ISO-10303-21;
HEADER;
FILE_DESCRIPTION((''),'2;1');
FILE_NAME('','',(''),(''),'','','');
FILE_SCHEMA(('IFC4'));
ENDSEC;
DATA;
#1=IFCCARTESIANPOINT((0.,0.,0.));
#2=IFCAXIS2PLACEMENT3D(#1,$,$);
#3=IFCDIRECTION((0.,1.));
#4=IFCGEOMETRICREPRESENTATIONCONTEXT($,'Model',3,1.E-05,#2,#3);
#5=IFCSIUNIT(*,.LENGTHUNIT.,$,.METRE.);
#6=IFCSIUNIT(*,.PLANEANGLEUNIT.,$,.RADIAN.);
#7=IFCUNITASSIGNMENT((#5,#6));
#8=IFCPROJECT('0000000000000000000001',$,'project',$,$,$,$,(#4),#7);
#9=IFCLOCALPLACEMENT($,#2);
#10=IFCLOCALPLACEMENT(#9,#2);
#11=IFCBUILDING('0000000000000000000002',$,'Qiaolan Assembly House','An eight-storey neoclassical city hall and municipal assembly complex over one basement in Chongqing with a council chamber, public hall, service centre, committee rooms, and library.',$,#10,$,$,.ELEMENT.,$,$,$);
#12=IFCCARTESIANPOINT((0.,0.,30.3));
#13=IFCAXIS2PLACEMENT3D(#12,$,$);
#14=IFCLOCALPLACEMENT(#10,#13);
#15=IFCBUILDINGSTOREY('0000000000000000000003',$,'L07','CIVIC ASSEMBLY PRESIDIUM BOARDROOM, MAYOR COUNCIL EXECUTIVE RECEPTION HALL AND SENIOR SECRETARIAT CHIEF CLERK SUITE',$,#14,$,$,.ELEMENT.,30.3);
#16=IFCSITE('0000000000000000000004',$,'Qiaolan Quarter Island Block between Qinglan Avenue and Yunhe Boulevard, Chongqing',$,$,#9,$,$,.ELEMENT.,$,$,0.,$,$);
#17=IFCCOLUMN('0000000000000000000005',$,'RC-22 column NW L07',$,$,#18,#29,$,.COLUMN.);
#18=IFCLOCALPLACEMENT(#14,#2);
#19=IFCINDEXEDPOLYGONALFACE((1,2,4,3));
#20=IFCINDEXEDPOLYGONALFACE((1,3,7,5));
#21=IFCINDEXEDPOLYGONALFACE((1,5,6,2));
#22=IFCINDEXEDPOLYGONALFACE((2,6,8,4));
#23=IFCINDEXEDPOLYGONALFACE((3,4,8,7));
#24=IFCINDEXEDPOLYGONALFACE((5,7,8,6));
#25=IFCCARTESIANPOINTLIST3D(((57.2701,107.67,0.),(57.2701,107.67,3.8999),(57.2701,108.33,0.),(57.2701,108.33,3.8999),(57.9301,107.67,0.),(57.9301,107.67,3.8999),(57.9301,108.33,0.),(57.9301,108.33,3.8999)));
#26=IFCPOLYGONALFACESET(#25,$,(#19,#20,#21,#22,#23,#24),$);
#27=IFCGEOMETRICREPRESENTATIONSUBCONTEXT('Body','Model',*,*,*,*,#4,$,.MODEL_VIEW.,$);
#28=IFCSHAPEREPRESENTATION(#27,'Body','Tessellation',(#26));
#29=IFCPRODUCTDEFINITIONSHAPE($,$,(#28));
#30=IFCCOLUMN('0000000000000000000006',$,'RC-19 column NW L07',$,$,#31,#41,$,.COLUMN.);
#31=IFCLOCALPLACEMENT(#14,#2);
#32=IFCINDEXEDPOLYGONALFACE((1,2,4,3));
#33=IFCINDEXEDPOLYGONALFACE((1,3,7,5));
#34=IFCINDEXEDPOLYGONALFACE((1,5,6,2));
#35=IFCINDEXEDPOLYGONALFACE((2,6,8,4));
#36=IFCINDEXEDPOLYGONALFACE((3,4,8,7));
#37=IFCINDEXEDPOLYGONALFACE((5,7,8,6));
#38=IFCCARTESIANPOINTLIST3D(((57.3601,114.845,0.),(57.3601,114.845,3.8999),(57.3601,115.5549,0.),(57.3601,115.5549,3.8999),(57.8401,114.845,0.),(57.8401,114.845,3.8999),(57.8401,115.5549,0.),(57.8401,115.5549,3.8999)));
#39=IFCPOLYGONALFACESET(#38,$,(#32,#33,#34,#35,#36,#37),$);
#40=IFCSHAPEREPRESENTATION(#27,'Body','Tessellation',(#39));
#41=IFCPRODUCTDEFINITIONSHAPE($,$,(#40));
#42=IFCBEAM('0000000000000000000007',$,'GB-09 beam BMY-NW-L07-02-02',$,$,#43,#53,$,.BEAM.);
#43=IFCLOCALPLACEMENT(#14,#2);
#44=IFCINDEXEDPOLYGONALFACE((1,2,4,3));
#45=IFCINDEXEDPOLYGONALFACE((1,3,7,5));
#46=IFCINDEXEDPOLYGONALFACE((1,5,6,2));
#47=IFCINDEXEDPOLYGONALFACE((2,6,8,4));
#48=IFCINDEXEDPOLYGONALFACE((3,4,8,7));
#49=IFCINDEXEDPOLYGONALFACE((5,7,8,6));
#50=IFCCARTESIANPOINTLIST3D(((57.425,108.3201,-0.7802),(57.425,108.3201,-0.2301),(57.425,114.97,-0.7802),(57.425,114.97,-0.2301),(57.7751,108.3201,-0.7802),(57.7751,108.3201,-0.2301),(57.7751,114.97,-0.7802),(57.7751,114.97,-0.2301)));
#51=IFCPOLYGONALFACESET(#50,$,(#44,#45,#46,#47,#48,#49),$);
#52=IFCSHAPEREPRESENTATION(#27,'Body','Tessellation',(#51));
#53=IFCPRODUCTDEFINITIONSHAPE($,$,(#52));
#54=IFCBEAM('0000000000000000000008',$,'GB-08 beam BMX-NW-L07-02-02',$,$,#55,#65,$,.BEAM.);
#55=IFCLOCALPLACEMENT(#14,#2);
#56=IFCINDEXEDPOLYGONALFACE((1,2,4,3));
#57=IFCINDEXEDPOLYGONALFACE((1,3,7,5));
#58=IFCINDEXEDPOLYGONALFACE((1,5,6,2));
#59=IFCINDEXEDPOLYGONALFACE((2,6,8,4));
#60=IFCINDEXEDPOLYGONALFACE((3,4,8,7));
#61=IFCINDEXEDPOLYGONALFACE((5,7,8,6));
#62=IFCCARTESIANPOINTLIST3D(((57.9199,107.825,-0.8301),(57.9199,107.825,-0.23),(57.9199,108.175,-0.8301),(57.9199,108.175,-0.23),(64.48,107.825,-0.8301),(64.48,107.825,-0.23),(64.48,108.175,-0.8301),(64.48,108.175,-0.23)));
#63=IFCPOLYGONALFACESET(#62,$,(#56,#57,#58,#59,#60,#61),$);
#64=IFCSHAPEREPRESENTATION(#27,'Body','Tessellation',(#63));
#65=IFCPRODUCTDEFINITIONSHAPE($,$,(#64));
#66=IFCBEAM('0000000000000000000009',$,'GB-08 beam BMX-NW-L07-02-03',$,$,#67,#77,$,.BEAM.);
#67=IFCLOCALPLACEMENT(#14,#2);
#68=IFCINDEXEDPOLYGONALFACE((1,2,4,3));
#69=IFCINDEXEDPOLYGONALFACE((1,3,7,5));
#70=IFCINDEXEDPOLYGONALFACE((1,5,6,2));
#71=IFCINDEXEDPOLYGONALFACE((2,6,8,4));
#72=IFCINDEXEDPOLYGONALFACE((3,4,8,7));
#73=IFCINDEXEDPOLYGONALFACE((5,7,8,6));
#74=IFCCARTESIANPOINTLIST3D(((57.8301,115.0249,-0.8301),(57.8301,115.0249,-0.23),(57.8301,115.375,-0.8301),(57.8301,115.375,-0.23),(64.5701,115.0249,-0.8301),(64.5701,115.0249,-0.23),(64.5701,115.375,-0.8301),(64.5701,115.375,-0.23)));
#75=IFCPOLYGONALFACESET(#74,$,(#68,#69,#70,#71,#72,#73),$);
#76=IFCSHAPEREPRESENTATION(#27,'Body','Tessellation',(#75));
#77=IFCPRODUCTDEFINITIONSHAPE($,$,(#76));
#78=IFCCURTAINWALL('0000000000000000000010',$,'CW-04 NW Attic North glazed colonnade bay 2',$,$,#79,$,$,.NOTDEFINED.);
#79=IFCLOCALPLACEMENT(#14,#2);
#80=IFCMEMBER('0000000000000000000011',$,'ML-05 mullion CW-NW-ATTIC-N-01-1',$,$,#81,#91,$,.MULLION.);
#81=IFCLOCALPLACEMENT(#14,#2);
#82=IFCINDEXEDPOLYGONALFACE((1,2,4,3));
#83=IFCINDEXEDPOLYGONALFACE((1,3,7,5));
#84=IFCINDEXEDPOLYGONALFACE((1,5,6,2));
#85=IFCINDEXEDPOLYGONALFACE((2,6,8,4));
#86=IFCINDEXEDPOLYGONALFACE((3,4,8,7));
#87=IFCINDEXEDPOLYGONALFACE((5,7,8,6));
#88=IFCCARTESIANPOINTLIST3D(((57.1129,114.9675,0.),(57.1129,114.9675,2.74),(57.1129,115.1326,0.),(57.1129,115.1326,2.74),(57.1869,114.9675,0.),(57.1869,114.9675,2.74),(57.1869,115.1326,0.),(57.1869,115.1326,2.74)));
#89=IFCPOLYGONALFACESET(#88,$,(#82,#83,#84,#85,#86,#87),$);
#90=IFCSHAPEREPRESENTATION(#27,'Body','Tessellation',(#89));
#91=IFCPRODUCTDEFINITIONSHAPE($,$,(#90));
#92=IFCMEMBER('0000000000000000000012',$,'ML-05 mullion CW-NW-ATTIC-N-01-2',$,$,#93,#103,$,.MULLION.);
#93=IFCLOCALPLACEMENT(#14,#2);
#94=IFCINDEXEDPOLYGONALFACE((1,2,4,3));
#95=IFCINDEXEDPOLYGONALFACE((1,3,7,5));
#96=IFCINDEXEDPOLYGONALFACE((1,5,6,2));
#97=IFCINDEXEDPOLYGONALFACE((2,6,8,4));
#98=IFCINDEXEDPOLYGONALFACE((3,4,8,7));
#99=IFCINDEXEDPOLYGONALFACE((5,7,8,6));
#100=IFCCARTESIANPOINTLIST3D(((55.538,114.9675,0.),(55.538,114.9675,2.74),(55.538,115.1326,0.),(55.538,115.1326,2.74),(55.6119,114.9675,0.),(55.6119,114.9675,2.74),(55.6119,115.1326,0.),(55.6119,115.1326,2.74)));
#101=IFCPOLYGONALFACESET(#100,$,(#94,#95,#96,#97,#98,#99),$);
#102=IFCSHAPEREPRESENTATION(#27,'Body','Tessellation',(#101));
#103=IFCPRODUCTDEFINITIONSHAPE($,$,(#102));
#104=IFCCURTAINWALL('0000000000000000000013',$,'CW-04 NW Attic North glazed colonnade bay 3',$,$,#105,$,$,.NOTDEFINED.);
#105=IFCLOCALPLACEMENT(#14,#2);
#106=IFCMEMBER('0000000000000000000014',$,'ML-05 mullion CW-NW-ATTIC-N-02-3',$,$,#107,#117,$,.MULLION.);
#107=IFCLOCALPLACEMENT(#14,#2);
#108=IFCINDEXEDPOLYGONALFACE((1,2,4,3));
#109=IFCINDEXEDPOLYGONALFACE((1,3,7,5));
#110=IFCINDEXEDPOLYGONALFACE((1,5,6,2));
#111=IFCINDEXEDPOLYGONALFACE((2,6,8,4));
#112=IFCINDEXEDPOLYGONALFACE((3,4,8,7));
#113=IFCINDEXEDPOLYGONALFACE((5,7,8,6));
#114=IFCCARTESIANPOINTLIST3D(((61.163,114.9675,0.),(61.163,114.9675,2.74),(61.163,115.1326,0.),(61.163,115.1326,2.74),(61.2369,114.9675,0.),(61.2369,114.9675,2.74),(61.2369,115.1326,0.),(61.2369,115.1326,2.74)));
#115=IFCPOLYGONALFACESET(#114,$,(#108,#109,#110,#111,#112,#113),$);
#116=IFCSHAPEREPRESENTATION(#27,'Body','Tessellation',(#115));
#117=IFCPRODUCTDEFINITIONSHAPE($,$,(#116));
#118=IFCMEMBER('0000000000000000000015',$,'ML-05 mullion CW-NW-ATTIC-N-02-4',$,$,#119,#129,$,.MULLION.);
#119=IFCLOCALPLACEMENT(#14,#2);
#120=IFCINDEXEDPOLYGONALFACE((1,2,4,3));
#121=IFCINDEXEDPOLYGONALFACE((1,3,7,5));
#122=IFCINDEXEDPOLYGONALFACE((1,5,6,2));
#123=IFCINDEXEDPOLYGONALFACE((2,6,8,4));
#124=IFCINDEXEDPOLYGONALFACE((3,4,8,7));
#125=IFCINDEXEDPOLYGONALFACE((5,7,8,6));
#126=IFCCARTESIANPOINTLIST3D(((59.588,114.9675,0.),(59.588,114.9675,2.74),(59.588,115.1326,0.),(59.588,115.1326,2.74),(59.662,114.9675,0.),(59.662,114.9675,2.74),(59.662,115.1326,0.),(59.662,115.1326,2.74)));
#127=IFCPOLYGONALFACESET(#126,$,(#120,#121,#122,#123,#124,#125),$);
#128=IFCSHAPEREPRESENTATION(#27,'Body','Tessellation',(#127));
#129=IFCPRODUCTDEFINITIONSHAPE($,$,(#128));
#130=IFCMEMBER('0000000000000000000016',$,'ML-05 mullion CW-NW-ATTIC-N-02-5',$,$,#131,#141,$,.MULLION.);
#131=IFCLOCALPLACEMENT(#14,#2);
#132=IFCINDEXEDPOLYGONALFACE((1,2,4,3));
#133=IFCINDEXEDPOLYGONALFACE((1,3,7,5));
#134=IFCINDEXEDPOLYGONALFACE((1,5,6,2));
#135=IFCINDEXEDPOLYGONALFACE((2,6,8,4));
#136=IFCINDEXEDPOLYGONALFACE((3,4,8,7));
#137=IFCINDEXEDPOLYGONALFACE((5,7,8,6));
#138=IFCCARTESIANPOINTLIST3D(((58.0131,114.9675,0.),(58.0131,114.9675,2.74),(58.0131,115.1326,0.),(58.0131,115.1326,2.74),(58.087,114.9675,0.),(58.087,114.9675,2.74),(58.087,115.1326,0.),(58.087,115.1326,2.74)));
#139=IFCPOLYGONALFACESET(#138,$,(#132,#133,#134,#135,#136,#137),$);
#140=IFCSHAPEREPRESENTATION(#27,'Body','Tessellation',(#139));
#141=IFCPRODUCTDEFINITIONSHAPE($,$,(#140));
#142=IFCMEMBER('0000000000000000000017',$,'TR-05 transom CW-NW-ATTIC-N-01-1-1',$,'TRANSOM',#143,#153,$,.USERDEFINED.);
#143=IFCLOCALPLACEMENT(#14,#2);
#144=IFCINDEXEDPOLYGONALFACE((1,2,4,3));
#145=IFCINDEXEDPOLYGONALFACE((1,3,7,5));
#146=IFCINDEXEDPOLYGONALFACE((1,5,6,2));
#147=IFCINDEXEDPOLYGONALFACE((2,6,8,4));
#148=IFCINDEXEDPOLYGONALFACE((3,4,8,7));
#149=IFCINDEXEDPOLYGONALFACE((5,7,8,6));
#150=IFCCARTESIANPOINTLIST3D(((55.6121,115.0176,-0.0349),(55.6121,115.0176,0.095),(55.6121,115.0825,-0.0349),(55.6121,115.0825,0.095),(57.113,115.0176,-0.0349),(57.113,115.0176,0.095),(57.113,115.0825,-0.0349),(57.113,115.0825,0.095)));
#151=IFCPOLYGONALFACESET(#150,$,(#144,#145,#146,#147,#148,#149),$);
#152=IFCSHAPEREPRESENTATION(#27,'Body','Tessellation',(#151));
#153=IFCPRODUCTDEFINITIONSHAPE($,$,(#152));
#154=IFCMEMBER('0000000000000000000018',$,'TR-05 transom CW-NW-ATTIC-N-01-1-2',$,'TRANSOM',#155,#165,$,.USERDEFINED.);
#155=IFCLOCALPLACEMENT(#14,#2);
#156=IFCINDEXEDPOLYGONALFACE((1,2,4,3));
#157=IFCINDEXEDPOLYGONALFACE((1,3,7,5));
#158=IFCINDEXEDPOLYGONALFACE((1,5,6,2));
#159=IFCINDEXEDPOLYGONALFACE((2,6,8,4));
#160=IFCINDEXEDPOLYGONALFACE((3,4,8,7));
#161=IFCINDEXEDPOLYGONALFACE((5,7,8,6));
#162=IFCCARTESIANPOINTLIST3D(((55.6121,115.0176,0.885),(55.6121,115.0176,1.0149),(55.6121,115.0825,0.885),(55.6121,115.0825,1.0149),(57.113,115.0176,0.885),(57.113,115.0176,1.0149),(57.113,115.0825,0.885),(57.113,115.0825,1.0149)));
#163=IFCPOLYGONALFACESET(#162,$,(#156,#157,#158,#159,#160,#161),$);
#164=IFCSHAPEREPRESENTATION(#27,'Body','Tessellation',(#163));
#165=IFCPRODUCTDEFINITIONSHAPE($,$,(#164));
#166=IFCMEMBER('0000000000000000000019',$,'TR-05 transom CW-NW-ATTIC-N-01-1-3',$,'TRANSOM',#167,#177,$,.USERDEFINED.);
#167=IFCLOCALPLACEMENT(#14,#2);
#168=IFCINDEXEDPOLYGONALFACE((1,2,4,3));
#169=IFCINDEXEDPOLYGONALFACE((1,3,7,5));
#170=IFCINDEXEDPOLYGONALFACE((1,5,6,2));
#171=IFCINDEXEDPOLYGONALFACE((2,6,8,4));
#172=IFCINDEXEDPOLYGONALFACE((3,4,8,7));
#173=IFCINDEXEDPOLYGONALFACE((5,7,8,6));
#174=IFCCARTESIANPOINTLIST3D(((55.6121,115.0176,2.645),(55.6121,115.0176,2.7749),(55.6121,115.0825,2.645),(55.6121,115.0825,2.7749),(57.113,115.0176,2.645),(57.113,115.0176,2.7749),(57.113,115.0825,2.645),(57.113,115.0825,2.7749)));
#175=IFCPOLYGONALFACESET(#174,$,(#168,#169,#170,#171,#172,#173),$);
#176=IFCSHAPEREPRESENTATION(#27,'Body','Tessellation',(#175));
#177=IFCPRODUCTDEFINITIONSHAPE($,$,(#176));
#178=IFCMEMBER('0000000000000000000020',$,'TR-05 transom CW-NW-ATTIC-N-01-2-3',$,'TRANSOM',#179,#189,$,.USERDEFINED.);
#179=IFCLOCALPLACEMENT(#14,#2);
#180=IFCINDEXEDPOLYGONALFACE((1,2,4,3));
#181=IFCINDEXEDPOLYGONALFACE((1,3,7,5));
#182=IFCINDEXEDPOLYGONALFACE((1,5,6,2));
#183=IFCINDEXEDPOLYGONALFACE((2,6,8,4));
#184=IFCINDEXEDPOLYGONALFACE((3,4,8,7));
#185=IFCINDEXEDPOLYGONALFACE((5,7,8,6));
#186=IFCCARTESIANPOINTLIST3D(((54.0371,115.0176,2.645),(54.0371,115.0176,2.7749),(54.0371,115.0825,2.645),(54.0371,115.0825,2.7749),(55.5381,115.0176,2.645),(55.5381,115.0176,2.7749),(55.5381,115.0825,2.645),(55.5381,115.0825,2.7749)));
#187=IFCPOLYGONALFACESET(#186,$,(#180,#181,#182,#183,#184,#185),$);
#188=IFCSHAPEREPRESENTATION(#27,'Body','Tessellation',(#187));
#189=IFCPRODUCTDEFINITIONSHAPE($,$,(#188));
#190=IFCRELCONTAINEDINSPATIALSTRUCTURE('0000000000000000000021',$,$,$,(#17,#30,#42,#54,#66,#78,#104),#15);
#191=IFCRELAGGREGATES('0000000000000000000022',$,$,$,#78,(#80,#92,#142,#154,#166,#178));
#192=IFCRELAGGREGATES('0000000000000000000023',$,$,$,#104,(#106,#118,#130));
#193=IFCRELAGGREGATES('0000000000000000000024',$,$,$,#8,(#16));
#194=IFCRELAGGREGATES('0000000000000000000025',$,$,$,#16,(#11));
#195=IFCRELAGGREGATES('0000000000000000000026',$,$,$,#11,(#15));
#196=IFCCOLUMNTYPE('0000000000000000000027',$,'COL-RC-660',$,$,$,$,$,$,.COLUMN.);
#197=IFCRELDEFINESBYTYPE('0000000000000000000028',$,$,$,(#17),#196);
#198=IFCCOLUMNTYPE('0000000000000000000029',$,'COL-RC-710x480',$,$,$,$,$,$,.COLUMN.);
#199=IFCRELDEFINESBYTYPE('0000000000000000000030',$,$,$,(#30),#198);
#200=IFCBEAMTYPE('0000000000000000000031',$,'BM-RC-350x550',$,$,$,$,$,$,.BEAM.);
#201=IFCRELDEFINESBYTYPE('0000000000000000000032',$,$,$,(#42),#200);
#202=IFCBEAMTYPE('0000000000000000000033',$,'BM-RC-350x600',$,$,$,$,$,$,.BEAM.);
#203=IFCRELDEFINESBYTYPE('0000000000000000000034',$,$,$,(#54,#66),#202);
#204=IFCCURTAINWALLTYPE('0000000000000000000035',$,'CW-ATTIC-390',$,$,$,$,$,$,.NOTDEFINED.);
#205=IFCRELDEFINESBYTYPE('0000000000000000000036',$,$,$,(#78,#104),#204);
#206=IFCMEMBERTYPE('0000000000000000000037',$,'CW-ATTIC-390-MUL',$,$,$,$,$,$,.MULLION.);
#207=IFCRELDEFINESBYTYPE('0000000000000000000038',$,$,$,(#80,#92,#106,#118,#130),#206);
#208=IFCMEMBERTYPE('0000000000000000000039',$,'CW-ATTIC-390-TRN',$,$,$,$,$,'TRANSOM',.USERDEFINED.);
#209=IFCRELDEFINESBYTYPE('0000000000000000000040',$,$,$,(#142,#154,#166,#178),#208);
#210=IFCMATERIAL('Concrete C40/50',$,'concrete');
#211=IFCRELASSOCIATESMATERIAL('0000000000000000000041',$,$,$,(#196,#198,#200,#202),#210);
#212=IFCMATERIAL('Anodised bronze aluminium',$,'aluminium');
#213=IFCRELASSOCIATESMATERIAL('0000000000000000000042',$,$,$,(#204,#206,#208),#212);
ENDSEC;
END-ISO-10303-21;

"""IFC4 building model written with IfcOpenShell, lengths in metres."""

from ifc_helpers import new_model, si_unit, direction, frame, origin, origin_2d, place, context, subcontext, project, spatial, rectangle, extrude, material, material_profile, profile_set, type_object, element, aggregate, save


model = new_model("IFC4")

# Units and contexts
model_context = context("Model", 3, precision=1e-05, world=origin(), true_north=direction((0.0, 1.0)))
body_context = subcontext(model_context, "Body", "Model", "MODEL_VIEW")
ifc_project = project(units=[si_unit("LENGTHUNIT", "METRE"), si_unit("PLANEANGLEUNIT", "RADIAN")], contexts=[model_context])

# Site, building, storey
site_placement = place(None, origin())
site = spatial("IfcSite", under=ifc_project, at=site_placement, Name="Qiaolan Quarter Island Block between Qinglan Avenue and Yunhe Boulevard, Chongqing", CompositionType="ELEMENT", RefElevation=0.0)
building_placement = place(site_placement, origin())
building = spatial("IfcBuilding", under=site, at=building_placement, Name="Qiaolan Assembly House", Description="An eight-storey neoclassical city hall and municipal assembly complex over one basement in Chongqing with a council chamber, public hall, service centre, committee rooms, and library.", CompositionType="ELEMENT")
storey_placement = place(building_placement, frame((0.0, 0.0, 30.3)))
storey = spatial("IfcBuildingStorey", under=building, at=storey_placement, Name="L07", Description="CIVIC ASSEMBLY PRESIDIUM BOARDROOM, MAYOR COUNCIL EXECUTIVE RECEPTION HALL AND SENIOR SECRETARIAT CHIEF CLERK SUITE", CompositionType="ELEMENT", Elevation=30.3)

# Columns
ifc_material_1 = material(Name="Concrete C40/50", Category="concrete")
ifc_material_profile_1 = material_profile(ifc_material_1, rectangle(XDim=0.6599, YDim=0.6599, at=origin_2d()), Name="RC 660x660")
ifc_profile_set_1 = profile_set([ifc_material_profile_1], Name="Concrete C40/50")
column_type_1 = type_object("IfcColumnType", Name="COL-RC-660", PredefinedType="COLUMN", material=ifc_profile_set_1)
column_1_placement = place(storey_placement, frame((57.6001, 108.0, 0.0), z_axis=(0.0, 0.0, 1.0), x_axis=(1.0, 0.0, 0.0)))
element("IfcColumn", 1, at=column_1_placement, inside=storey, type_object=column_type_1, Name="RC-22 column NW L07", PredefinedType="COLUMN", context=body_context, shape_type="SweptSolid", body=[
    extrude(rectangle(XDim=0.6599, YDim=0.6599, at=origin_2d()), origin(), (0.0, 0.0, 1.0), 3.8999),
])
ifc_material_profile_2 = material_profile(ifc_material_1, rectangle(XDim=0.48, YDim=0.71, at=origin_2d()), Name="RC 710x480")
ifc_profile_set_2 = profile_set([ifc_material_profile_2], Name="Concrete C40/50")
column_type_2 = type_object("IfcColumnType", Name="COL-RC-710x480", PredefinedType="COLUMN", material=ifc_profile_set_2)
column_2_placement = place(storey_placement, frame((57.6001, 115.2, 0.0), z_axis=(0.0, 0.0, 1.0), x_axis=(1.0, 0.0, 0.0)))
element("IfcColumn", 2, at=column_2_placement, inside=storey, type_object=column_type_2, Name="RC-19 column NW L07", PredefinedType="COLUMN", context=body_context, shape_type="SweptSolid", body=[
    extrude(rectangle(XDim=0.48, YDim=0.71, at=origin_2d()), origin(), (0.0, 0.0, 1.0), 3.8999),
])

# Beams
ifc_material_profile_3 = material_profile(ifc_material_1, rectangle(XDim=0.3501, YDim=0.55, at=origin_2d()), Name="RCB 350x550")
ifc_profile_set_3 = profile_set([ifc_material_profile_3], Name="Concrete C40/50")
beam_type_1 = type_object("IfcBeamType", Name="BM-RC-350x550", PredefinedType="BEAM", material=ifc_profile_set_3)
beam_1_placement = place(storey_placement, frame((57.6001, 108.3201, -0.5051), z_axis=(0.0, 1.0, 0.0), x_axis=(-1.0, 0.0, 0.0)))
element("IfcBeam", 3, at=beam_1_placement, inside=storey, type_object=beam_type_1, Name="GB-09 beam BMY-NW-L07-02-02", PredefinedType="BEAM", context=body_context, shape_type="SweptSolid", body=[
    extrude(rectangle(XDim=0.3501, YDim=0.55, at=origin_2d()), origin(), (0.0, 0.0, 1.0), 6.6499),
])
ifc_material_profile_4 = material_profile(ifc_material_1, rectangle(XDim=0.3501, YDim=0.6001, at=origin_2d()), Name="RCB 350x600")
ifc_profile_set_4 = profile_set([ifc_material_profile_4], Name="Concrete C40/50")
beam_type_2 = type_object("IfcBeamType", Name="BM-RC-350x600", PredefinedType="BEAM", material=ifc_profile_set_4)
beam_2_placement = place(storey_placement, frame((57.9199, 108.0, -0.53), z_axis=(1.0, 0.0, 0.0), x_axis=(0.0, 1.0, 0.0)))
element("IfcBeam", 4, at=beam_2_placement, inside=storey, type_object=beam_type_2, Name="GB-08 beam BMX-NW-L07-02-02", PredefinedType="BEAM", context=body_context, shape_type="SweptSolid", body=[
    extrude(rectangle(XDim=0.3501, YDim=0.6001, at=origin_2d()), origin(), (0.0, 0.0, 1.0), 6.5601),
])
beam_3_placement = place(storey_placement, frame((57.8301, 115.2, -0.53), z_axis=(1.0, 0.0, 0.0), x_axis=(0.0, 1.0, 0.0)))
element("IfcBeam", 5, at=beam_3_placement, inside=storey, type_object=beam_type_2, Name="GB-08 beam BMX-NW-L07-02-03", PredefinedType="BEAM", context=body_context, shape_type="SweptSolid", body=[
    extrude(rectangle(XDim=0.3501, YDim=0.6001, at=origin_2d()), origin(), (0.0, 0.0, 1.0), 6.74),
])

# Curtain walls, members
ifc_material_2 = material(Name="Anodised bronze aluminium", Category="aluminium")
curtain_wall_type = type_object("IfcCurtainWallType", Name="CW-ATTIC-390", PredefinedType="NOTDEFINED", material=ifc_material_2)
curtain_wall_1_placement = place(storey_placement, origin())
curtain_wall_1 = element("IfcCurtainWall", 6, at=curtain_wall_1_placement, inside=storey, type_object=curtain_wall_type, Name="CW-04 NW Attic North glazed colonnade bay 2", PredefinedType="NOTDEFINED")
ifc_material_profile_5 = material_profile(ifc_material_2, rectangle(XDim=0.074, YDim=0.165, at=origin_2d()), Name="MUL 74x165")
ifc_profile_set_5 = profile_set([ifc_material_profile_5], Name="Anodised bronze aluminium")
member_type_1 = type_object("IfcMemberType", Name="CW-ATTIC-390-MUL", PredefinedType="MULLION", material=ifc_profile_set_5)
member_1_placement = place(storey_placement, frame((57.1499, 115.05, 0.0), z_axis=(0.0, 0.0, 1.0), x_axis=(-1.0, 0.0, 0.0)))
member_1 = element("IfcMember", 7, at=member_1_placement, type_object=member_type_1, Name="ML-05 mullion CW-NW-ATTIC-N-01-1", PredefinedType="MULLION", context=body_context, shape_type="SweptSolid", body=[
    extrude(rectangle(XDim=0.074, YDim=0.165, at=origin_2d()), origin(), (0.0, 0.0, 1.0), 2.74),
])
member_2_placement = place(storey_placement, frame((55.575, 115.05, 0.0), z_axis=(0.0, 0.0, 1.0), x_axis=(-1.0, 0.0, 0.0)))
member_2 = element("IfcMember", 8, at=member_2_placement, type_object=member_type_1, Name="ML-05 mullion CW-NW-ATTIC-N-01-2", PredefinedType="MULLION", context=body_context, shape_type="SweptSolid", body=[
    extrude(rectangle(XDim=0.074, YDim=0.165, at=origin_2d()), origin(), (0.0, 0.0, 1.0), 2.74),
])
curtain_wall_2_placement = place(storey_placement, origin())
curtain_wall_2 = element("IfcCurtainWall", 9, at=curtain_wall_2_placement, inside=storey, type_object=curtain_wall_type, Name="CW-04 NW Attic North glazed colonnade bay 3", PredefinedType="NOTDEFINED")
member_3_placement = place(storey_placement, frame((61.2, 115.05, 0.0), z_axis=(0.0, 0.0, 1.0), x_axis=(-1.0, 0.0, 0.0)))
member_3 = element("IfcMember", 10, at=member_3_placement, type_object=member_type_1, Name="ML-05 mullion CW-NW-ATTIC-N-02-3", PredefinedType="MULLION", context=body_context, shape_type="SweptSolid", body=[
    extrude(rectangle(XDim=0.074, YDim=0.165, at=origin_2d()), origin(), (0.0, 0.0, 1.0), 2.74),
])
member_4_placement = place(storey_placement, frame((59.625, 115.05, 0.0), z_axis=(0.0, 0.0, 1.0), x_axis=(-1.0, 0.0, 0.0)))
member_4 = element("IfcMember", 11, at=member_4_placement, type_object=member_type_1, Name="ML-05 mullion CW-NW-ATTIC-N-02-4", PredefinedType="MULLION", context=body_context, shape_type="SweptSolid", body=[
    extrude(rectangle(XDim=0.074, YDim=0.165, at=origin_2d()), origin(), (0.0, 0.0, 1.0), 2.74),
])
member_5_placement = place(storey_placement, frame((58.05, 115.05, 0.0), z_axis=(0.0, 0.0, 1.0), x_axis=(-1.0, 0.0, 0.0)))
member_5 = element("IfcMember", 12, at=member_5_placement, type_object=member_type_1, Name="ML-05 mullion CW-NW-ATTIC-N-02-5", PredefinedType="MULLION", context=body_context, shape_type="SweptSolid", body=[
    extrude(rectangle(XDim=0.074, YDim=0.165, at=origin_2d()), origin(), (0.0, 0.0, 1.0), 2.74),
])

# Members
ifc_material_profile_6 = material_profile(ifc_material_2, rectangle(XDim=0.0649, YDim=0.1299, at=origin_2d()), Name="TRN 65x130")
ifc_profile_set_6 = profile_set([ifc_material_profile_6], Name="Anodised bronze aluminium")
member_type_2 = type_object("IfcMemberType", Name="CW-ATTIC-390-TRN", ElementType="TRANSOM", PredefinedType="USERDEFINED", material=ifc_profile_set_6)
member_6_placement = place(storey_placement, frame((57.113, 115.05, 0.03), z_axis=(-1.0, 0.0, 0.0), x_axis=(0.0, -1.0, 0.0)))
member_6 = element("IfcMember", 13, at=member_6_placement, type_object=member_type_2, Name="TR-05 transom CW-NW-ATTIC-N-01-1-1", ObjectType="TRANSOM", PredefinedType="USERDEFINED", context=body_context, shape_type="SweptSolid", body=[
    extrude(rectangle(XDim=0.0649, YDim=0.1299, at=origin_2d()), origin(), (0.0, 0.0, 1.0), 1.501),
])
member_7_placement = place(storey_placement, frame((57.113, 115.05, 0.95), z_axis=(-1.0, 0.0, 0.0), x_axis=(0.0, -1.0, 0.0)))
member_7 = element("IfcMember", 14, at=member_7_placement, type_object=member_type_2, Name="TR-05 transom CW-NW-ATTIC-N-01-1-2", ObjectType="TRANSOM", PredefinedType="USERDEFINED", context=body_context, shape_type="SweptSolid", body=[
    extrude(rectangle(XDim=0.0649, YDim=0.1299, at=origin_2d()), origin(), (0.0, 0.0, 1.0), 1.501),
])
member_8_placement = place(storey_placement, frame((57.113, 115.05, 2.71), z_axis=(-1.0, 0.0, 0.0), x_axis=(0.0, -1.0, 0.0)))
member_8 = element("IfcMember", 15, at=member_8_placement, type_object=member_type_2, Name="TR-05 transom CW-NW-ATTIC-N-01-1-3", ObjectType="TRANSOM", PredefinedType="USERDEFINED", context=body_context, shape_type="SweptSolid", body=[
    extrude(rectangle(XDim=0.0649, YDim=0.1299, at=origin_2d()), origin(), (0.0, 0.0, 1.0), 1.501),
])
member_9_placement = place(storey_placement, frame((55.5381, 115.05, 2.71), z_axis=(-1.0, 0.0, 0.0), x_axis=(0.0, -1.0, 0.0)))
member_9 = element("IfcMember", 16, at=member_9_placement, type_object=member_type_2, Name="TR-05 transom CW-NW-ATTIC-N-01-2-3", ObjectType="TRANSOM", PredefinedType="USERDEFINED", context=body_context, shape_type="SweptSolid", body=[
    extrude(rectangle(XDim=0.0649, YDim=0.1299, at=origin_2d()), origin(), (0.0, 0.0, 1.0), 1.501),
])

aggregate(curtain_wall_1, [member_1, member_2, member_6, member_7, member_8, member_9])
aggregate(curtain_wall_2, [member_3, member_4, member_5])

save(model, "model.ifc")
